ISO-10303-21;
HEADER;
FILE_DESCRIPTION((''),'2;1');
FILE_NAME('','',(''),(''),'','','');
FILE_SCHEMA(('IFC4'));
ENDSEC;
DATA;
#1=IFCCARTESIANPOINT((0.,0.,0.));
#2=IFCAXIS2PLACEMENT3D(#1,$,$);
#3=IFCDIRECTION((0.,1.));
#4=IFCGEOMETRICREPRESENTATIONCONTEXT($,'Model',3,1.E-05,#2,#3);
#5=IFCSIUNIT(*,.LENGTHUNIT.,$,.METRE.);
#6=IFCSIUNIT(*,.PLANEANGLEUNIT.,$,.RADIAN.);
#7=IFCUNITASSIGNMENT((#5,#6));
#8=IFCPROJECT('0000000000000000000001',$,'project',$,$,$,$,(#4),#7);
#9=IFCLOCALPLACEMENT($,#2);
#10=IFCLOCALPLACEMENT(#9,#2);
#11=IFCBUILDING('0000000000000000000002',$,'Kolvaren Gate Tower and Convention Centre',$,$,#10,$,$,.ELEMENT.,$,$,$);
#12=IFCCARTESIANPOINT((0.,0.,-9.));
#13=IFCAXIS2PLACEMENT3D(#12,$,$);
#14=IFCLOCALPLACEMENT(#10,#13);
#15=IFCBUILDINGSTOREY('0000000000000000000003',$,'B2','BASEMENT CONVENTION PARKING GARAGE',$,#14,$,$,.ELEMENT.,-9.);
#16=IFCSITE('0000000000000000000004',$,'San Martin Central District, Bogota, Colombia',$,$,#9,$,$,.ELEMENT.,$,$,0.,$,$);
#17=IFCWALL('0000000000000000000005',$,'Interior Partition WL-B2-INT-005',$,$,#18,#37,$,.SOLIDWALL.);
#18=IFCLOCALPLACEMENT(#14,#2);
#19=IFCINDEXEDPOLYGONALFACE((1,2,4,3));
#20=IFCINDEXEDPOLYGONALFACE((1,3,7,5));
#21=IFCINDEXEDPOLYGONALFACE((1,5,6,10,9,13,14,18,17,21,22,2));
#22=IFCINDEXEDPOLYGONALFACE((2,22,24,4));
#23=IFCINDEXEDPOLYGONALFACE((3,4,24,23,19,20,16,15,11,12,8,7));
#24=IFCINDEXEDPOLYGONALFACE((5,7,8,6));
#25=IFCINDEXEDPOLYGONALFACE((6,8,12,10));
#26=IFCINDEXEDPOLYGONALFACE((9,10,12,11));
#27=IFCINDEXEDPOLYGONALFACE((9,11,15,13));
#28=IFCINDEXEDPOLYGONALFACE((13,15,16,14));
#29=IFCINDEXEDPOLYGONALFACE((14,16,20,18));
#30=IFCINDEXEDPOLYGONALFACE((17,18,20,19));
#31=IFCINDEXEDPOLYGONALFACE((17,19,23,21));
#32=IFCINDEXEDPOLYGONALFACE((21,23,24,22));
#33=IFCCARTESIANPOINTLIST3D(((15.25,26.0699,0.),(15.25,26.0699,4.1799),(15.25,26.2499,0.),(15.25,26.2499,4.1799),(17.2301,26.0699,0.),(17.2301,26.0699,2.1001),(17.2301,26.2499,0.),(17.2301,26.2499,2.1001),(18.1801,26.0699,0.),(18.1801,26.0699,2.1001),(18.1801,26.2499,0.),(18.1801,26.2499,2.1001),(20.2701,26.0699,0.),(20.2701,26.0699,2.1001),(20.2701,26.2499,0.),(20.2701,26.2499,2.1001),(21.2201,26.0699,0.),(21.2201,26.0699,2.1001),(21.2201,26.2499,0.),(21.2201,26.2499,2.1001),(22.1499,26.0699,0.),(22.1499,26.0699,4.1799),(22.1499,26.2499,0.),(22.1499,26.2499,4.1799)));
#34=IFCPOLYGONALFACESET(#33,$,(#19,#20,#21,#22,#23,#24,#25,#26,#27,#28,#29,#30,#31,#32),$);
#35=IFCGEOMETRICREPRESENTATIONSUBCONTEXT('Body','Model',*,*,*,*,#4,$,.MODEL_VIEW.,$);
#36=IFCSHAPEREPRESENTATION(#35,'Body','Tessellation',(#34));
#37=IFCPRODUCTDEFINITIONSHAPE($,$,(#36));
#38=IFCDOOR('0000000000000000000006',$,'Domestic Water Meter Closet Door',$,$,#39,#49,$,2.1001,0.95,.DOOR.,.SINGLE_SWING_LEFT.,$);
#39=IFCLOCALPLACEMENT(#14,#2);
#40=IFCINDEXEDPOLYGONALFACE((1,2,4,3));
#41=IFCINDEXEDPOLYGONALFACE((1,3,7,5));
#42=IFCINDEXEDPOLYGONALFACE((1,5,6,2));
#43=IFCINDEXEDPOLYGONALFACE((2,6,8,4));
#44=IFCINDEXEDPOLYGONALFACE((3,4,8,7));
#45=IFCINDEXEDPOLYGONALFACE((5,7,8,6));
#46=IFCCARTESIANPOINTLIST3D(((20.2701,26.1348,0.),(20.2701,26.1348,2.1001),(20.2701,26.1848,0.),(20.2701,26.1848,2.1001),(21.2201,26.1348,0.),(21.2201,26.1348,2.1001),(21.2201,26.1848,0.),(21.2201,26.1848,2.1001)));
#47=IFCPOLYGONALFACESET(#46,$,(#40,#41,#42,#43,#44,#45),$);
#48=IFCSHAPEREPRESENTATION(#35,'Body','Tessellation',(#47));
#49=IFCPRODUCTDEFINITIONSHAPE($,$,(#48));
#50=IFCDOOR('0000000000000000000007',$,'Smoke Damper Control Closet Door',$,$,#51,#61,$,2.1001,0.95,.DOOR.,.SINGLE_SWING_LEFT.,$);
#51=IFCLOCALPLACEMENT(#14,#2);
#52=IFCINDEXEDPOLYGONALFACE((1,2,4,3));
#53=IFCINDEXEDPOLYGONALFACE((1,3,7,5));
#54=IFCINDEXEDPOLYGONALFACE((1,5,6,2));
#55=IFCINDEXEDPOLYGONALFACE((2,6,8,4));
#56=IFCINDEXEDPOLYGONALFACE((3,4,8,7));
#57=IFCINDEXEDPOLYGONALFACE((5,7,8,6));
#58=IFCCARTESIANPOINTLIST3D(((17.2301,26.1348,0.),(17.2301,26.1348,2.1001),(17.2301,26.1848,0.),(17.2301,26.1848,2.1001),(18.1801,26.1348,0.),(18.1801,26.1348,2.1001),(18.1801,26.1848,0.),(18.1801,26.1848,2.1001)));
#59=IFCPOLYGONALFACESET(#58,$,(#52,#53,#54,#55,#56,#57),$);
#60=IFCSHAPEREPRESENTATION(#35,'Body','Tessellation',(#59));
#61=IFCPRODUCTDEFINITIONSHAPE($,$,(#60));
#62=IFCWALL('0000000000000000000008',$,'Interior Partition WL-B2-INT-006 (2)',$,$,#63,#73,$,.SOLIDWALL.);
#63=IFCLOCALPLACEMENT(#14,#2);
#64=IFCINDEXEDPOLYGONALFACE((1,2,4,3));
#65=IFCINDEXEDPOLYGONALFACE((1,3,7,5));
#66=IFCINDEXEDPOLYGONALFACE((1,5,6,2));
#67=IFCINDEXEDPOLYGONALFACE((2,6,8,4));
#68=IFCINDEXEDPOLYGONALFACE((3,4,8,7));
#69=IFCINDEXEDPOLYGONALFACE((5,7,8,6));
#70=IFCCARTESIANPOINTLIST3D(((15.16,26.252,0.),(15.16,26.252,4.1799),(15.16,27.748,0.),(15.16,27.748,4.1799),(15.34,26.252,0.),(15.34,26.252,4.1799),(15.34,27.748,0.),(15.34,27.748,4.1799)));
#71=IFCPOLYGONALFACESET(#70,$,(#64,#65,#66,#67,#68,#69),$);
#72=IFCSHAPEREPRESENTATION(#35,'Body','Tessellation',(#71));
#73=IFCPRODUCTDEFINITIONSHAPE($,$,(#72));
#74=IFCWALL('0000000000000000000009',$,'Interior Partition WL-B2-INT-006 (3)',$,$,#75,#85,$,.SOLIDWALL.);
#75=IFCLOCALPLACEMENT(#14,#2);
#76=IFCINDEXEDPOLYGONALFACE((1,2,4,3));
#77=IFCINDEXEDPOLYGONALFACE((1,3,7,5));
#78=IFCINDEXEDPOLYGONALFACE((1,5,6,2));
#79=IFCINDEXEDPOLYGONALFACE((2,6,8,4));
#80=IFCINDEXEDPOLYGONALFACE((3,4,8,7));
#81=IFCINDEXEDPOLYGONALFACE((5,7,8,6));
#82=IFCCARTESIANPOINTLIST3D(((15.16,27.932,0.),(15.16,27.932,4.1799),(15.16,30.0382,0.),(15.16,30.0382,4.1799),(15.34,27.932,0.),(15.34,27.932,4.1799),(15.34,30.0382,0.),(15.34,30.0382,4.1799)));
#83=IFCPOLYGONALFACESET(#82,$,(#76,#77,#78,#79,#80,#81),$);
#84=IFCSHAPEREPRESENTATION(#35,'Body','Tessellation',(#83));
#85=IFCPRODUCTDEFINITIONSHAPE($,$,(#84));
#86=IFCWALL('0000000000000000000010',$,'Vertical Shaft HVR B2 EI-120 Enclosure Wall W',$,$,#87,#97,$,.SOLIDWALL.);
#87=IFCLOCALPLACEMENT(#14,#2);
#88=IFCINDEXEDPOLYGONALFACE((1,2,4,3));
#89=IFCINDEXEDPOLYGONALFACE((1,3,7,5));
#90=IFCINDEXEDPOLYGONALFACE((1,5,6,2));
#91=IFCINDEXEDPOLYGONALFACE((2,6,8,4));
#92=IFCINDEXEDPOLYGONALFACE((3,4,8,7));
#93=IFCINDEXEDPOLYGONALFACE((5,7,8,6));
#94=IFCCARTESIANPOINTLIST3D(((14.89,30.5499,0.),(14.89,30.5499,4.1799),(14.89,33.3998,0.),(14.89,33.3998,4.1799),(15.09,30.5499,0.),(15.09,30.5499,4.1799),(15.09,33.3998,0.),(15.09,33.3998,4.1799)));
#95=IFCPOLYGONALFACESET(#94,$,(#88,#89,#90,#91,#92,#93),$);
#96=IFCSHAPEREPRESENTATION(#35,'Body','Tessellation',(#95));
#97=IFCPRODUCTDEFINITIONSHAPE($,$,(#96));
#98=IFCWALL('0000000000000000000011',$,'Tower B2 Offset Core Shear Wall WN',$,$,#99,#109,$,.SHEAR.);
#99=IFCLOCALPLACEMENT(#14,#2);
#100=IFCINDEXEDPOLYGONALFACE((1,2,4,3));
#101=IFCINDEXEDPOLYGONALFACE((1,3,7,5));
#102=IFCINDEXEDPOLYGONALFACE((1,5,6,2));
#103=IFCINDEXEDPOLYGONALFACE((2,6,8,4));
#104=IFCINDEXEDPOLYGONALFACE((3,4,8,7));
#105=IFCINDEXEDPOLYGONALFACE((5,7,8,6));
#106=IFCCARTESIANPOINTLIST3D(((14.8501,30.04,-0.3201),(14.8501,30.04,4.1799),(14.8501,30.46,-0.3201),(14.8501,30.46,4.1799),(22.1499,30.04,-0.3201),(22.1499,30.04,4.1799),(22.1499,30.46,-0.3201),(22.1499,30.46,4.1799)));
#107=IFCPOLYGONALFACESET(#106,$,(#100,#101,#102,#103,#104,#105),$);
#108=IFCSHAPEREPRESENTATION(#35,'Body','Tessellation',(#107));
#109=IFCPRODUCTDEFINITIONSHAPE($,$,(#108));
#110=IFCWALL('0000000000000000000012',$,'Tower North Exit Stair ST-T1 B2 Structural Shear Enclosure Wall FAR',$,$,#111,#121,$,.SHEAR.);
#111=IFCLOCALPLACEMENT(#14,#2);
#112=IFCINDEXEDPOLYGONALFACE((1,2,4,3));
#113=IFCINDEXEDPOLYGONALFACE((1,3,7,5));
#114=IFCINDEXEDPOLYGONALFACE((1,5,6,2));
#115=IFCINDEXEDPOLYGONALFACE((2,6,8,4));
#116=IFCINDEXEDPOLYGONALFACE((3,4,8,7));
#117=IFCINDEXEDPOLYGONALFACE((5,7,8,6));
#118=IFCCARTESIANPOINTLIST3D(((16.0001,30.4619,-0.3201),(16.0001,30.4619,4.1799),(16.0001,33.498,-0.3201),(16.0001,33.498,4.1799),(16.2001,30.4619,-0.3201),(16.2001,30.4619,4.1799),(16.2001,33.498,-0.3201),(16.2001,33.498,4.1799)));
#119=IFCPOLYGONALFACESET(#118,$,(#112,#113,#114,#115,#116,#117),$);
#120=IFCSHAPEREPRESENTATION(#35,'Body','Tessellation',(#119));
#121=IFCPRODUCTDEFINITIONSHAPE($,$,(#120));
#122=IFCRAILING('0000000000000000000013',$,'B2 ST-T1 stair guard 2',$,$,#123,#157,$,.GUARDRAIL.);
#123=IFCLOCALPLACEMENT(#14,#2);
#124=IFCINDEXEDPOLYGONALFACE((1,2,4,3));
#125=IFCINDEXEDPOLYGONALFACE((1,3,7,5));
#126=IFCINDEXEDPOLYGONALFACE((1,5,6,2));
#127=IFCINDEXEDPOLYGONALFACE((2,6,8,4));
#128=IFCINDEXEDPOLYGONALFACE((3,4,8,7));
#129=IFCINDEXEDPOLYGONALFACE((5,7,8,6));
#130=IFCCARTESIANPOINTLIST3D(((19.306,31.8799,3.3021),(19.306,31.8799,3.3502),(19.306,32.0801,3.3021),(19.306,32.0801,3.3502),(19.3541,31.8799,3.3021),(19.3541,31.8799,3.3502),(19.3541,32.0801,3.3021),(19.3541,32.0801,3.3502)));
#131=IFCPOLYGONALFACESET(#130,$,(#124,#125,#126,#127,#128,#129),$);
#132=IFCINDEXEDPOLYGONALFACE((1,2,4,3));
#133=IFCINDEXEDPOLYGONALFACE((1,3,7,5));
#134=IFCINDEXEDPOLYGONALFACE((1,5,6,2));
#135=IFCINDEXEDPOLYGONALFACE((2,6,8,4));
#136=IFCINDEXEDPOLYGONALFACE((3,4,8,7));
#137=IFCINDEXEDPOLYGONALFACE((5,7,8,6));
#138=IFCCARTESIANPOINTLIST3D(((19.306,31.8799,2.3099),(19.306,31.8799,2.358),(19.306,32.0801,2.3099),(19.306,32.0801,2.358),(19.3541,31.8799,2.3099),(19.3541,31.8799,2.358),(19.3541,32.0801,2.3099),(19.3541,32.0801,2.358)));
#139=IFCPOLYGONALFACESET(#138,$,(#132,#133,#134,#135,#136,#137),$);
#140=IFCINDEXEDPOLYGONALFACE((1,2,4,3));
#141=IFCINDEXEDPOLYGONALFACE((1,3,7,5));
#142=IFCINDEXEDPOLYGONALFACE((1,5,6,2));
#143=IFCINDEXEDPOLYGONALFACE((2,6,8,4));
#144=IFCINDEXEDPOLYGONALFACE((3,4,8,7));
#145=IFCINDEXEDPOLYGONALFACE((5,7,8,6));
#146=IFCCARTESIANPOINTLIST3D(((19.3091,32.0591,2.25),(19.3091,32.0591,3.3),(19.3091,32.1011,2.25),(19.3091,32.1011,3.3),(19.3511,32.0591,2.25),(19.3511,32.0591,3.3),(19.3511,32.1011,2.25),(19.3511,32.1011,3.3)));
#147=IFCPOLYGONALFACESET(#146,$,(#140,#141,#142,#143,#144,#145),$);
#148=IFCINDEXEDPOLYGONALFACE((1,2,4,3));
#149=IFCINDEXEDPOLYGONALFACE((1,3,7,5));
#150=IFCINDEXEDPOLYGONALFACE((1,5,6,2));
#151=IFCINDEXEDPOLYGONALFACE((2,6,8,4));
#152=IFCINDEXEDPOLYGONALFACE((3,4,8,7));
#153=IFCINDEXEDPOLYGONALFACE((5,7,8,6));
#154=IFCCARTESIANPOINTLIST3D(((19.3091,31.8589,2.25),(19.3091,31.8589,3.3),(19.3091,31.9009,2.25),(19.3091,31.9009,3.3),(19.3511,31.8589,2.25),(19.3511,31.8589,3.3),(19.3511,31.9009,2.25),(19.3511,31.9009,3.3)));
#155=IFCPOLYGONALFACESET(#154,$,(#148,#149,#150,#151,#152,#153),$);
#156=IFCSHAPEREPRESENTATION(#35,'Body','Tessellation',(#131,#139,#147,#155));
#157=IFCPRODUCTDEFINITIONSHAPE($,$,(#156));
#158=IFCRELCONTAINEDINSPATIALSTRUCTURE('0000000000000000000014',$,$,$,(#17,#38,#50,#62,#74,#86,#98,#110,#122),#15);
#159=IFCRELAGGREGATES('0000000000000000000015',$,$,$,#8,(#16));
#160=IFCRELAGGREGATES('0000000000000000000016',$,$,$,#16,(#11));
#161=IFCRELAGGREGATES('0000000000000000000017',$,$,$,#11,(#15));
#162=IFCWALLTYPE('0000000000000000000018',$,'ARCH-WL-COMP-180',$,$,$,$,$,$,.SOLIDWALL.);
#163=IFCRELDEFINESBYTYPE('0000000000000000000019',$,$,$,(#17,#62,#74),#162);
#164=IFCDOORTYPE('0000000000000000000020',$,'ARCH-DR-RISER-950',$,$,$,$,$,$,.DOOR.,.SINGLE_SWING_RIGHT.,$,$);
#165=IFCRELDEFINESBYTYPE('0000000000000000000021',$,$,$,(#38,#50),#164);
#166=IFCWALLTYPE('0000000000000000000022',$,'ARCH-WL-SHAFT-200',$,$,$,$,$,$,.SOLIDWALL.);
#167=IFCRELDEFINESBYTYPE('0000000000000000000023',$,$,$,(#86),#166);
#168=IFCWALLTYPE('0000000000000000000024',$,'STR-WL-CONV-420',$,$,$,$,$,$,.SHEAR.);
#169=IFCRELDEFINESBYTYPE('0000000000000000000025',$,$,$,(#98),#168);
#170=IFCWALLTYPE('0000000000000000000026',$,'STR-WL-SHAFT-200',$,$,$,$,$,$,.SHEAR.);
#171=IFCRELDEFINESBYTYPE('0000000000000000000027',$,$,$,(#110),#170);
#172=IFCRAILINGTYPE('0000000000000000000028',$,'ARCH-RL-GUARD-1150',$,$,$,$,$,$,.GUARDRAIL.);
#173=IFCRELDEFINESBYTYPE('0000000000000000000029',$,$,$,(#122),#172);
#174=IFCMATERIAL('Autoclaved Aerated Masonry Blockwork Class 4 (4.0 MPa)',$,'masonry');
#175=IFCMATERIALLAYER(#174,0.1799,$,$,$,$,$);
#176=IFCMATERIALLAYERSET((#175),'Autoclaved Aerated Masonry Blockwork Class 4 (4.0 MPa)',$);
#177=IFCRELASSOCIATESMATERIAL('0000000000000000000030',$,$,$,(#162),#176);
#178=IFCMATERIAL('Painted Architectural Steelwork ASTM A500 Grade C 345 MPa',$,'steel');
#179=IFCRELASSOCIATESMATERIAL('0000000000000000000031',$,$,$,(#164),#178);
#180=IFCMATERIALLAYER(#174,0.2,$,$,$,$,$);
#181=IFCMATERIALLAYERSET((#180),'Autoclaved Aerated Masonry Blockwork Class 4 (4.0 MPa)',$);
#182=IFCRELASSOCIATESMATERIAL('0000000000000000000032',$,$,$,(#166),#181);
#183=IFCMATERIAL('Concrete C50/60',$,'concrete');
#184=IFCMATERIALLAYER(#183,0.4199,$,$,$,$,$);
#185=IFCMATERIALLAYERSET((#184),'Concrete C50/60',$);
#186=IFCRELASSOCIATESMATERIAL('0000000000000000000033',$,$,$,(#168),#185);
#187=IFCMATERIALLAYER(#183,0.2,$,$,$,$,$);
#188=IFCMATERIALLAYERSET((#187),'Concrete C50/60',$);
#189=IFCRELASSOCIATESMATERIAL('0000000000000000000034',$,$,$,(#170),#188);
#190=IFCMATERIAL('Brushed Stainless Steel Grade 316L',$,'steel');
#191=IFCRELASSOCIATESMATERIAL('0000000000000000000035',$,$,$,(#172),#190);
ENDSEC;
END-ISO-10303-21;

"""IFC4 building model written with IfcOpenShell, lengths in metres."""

from ifc_helpers import new_model, si_unit, direction, frame, frame_2d, origin, origin_2d, place, context, subcontext, project, spatial, rectangle, extrude, material, layer, layer_set, type_object, element, fill, save


model = new_model("IFC4")

# Units and contexts
model_context = context("Model", 3, precision=1e-05, world=origin(), true_north=direction((0.0, 1.0)))
body_context = subcontext(model_context, "Body", "Model", "MODEL_VIEW")
ifc_project = project(units=[si_unit("LENGTHUNIT", "METRE"), si_unit("PLANEANGLEUNIT", "RADIAN")], contexts=[model_context])

# Site, building, storey
site_placement = place(None, origin())
site = spatial("IfcSite", under=ifc_project, at=site_placement, Name="San Martin Central District, Bogota, Colombia", CompositionType="ELEMENT", RefElevation=0.0)
building_placement = place(site_placement, origin())
building = spatial("IfcBuilding", under=site, at=building_placement, Name="Kolvaren Gate Tower and Convention Centre", CompositionType="ELEMENT")
storey_placement = place(building_placement, frame((0.0, 0.0, -9.0)))
storey = spatial("IfcBuildingStorey", under=building, at=storey_placement, Name="B2", Description="BASEMENT CONVENTION PARKING GARAGE", CompositionType="ELEMENT", Elevation=-9.0)

# Wall, openings, doors
ifc_material_1 = material(Name="Autoclaved Aerated Masonry Blockwork Class 4 (4.0 MPa)", Category="masonry")
ifc_layer_1 = layer(ifc_material_1, 0.1799)
ifc_layer_set_1 = layer_set([ifc_layer_1], Name="Autoclaved Aerated Masonry Blockwork Class 4 (4.0 MPa)")
wall_type_1 = type_object("IfcWallType", Name="ARCH-WL-COMP-180", PredefinedType="SOLIDWALL", material=ifc_layer_set_1)
ifc_material_2 = material(Name="Painted Architectural Steelwork ASTM A500 Grade C 345 MPa", Category="steel")
door_type = type_object("IfcDoorType", Name="ARCH-DR-RISER-950", OperationType="SINGLE_SWING_RIGHT", PredefinedType="DOOR", material=ifc_material_2)
wall_1_placement = place(storey_placement, frame((15.25, 26.1599, 0.0), z_axis=(0.0, 0.0, 1.0), x_axis=(1.0, 0.0, 0.0)))
wall_1 = element("IfcWall", 1, at=wall_1_placement, inside=storey, type_object=wall_type_1, Name="Interior Partition WL-B2-INT-005", PredefinedType="SOLIDWALL", context=body_context, shape_type="SweptSolid", body=[
    extrude(rectangle(XDim=6.8999, YDim=0.1799, at=frame_2d((3.45, 0.0))), origin(), (0.0, 0.0, 1.0), 4.1799),
])
opening_1_placement = place(wall_1_placement, frame((5.02, 0.0, 0.0)))
opening_1 = element("IfcOpeningElement", 2, at=opening_1_placement, cuts=wall_1, PredefinedType="OPENING", context=body_context, shape_type="SweptSolid", body=[
    extrude(rectangle(XDim=0.95, YDim=2.1001, at=frame_2d((0.4751, 1.05))), frame((0.0, 0.0999, 0.0), z_axis=(0.0, -1.0, 0.0), x_axis=(1.0, 0.0, 0.0)), (0.0, 0.0, 1.0), 0.2),
])
opening_2_placement = place(wall_1_placement, frame((1.98, 0.0, 0.0)))
opening_2 = element("IfcOpeningElement", 3, at=opening_2_placement, cuts=wall_1, PredefinedType="OPENING", context=body_context, shape_type="SweptSolid", body=[
    extrude(rectangle(XDim=0.95, YDim=2.1001, at=frame_2d((0.4751, 1.05))), frame((0.0, 0.0999, 0.0), z_axis=(0.0, -1.0, 0.0), x_axis=(1.0, 0.0, 0.0)), (0.0, 0.0, 1.0), 0.2),
])
door_1_placement = place(opening_1_placement, origin())
door_1 = element("IfcDoor", 4, at=door_1_placement, inside=storey, type_object=door_type, Name="Domestic Water Meter Closet Door", OperationType="SINGLE_SWING_LEFT", OverallHeight=2.1001, OverallWidth=0.95, PredefinedType="DOOR", context=body_context, shape_type="SweptSolid", body=[
    extrude(rectangle(XDim=0.95, YDim=2.1001, at=frame_2d((0.4751, 1.05))), frame((0.0, 0.0249, 0.0), z_axis=(0.0, -1.0, 0.0), x_axis=(1.0, 0.0, 0.0)), (0.0, 0.0, 1.0), 0.05),
])
fill(opening_1, door_1)
door_2_placement = place(opening_2_placement, origin())
door_2 = element("IfcDoor", 5, at=door_2_placement, inside=storey, type_object=door_type, Name="Smoke Damper Control Closet Door", OperationType="SINGLE_SWING_LEFT", OverallHeight=2.1001, OverallWidth=0.95, PredefinedType="DOOR", context=body_context, shape_type="SweptSolid", body=[
    extrude(rectangle(XDim=0.95, YDim=2.1001, at=frame_2d((0.4751, 1.05))), frame((0.0, 0.0249, 0.0), z_axis=(0.0, -1.0, 0.0), x_axis=(1.0, 0.0, 0.0)), (0.0, 0.0, 1.0), 0.05),
])
fill(opening_2, door_2)

# Walls
wall_2_placement = place(storey_placement, frame((15.25, 26.252, 0.0), z_axis=(0.0, 0.0, 1.0), x_axis=(0.0, 1.0, 0.0)))
element("IfcWall", 6, at=wall_2_placement, inside=storey, type_object=wall_type_1, Name="Interior Partition WL-B2-INT-006 (2)", PredefinedType="SOLIDWALL", context=body_context, shape_type="SweptSolid", body=[
    extrude(rectangle(XDim=1.4961, YDim=0.1799, at=frame_2d((0.748, 0.0))), origin(), (0.0, 0.0, 1.0), 4.1799),
])
wall_3_placement = place(storey_placement, frame((15.25, 27.9319, 0.0), z_axis=(0.0, 0.0, 1.0), x_axis=(0.0, 1.0, 0.0)))
element("IfcWall", 7, at=wall_3_placement, inside=storey, type_object=wall_type_1, Name="Interior Partition WL-B2-INT-006 (3)", PredefinedType="SOLIDWALL", context=body_context, shape_type="SweptSolid", body=[
    extrude(rectangle(XDim=2.1062, YDim=0.1799, at=frame_2d((1.0532, 0.0))), origin(), (0.0, 0.0, 1.0), 4.1799),
])
ifc_layer_2 = layer(ifc_material_1, 0.2)
ifc_layer_set_2 = layer_set([ifc_layer_2], Name="Autoclaved Aerated Masonry Blockwork Class 4 (4.0 MPa)")
wall_type_2 = type_object("IfcWallType", Name="ARCH-WL-SHAFT-200", PredefinedType="SOLIDWALL", material=ifc_layer_set_2)
wall_4_placement = place(storey_placement, frame((14.99, 30.55, 0.0), z_axis=(0.0, 0.0, 1.0), x_axis=(0.0, 1.0, 0.0)))
element("IfcWall", 8, at=wall_4_placement, inside=storey, type_object=wall_type_2, Name="Vertical Shaft HVR B2 EI-120 Enclosure Wall W", PredefinedType="SOLIDWALL", context=body_context, shape_type="SweptSolid", body=[
    extrude(rectangle(XDim=2.8499, YDim=0.2, at=frame_2d((1.4248, 0.0))), origin(), (0.0, 0.0, 1.0), 4.1799),
])
ifc_material_3 = material(Name="Concrete C50/60", Category="concrete")
ifc_layer_3 = layer(ifc_material_3, 0.4199)
ifc_layer_set_3 = layer_set([ifc_layer_3], Name="Concrete C50/60")
wall_type_3 = type_object("IfcWallType", Name="STR-WL-CONV-420", PredefinedType="SHEAR", material=ifc_layer_set_3)
wall_5_placement = place(storey_placement, frame((14.8501, 30.25, -0.3201), z_axis=(0.0, 0.0, 1.0), x_axis=(1.0, 0.0, 0.0)))
element("IfcWall", 9, at=wall_5_placement, inside=storey, type_object=wall_type_3, Name="Tower B2 Offset Core Shear Wall WN", PredefinedType="SHEAR", context=body_context, shape_type="SweptSolid", body=[
    extrude(rectangle(XDim=7.2998, YDim=0.4199, at=frame_2d((3.6499, 0.0))), origin(), (0.0, 0.0, 1.0), 4.5),
])
ifc_layer_4 = layer(ifc_material_3, 0.2)
ifc_layer_set_4 = layer_set([ifc_layer_4], Name="Concrete C50/60")
wall_type_4 = type_object("IfcWallType", Name="STR-WL-SHAFT-200", PredefinedType="SHEAR", material=ifc_layer_set_4)
wall_6_placement = place(storey_placement, frame((16.1001, 30.4619, -0.3201), z_axis=(0.0, 0.0, 1.0), x_axis=(0.0, 1.0, 0.0)))
element("IfcWall", 10, at=wall_6_placement, inside=storey, type_object=wall_type_4, Name="Tower North Exit Stair ST-T1 B2 Structural Shear Enclosure Wall FAR", PredefinedType="SHEAR", context=body_context, shape_type="SweptSolid", body=[
    extrude(rectangle(XDim=3.0361, YDim=0.2, at=frame_2d((1.5181, 0.0))), origin(), (0.0, 0.0, 1.0), 4.5),
])

# Railing
ifc_material_4 = material(Name="Brushed Stainless Steel Grade 316L", Category="steel")
railing_type_1 = type_object("IfcRailingType", Name="ARCH-RL-GUARD-1150", PredefinedType="GUARDRAIL", material=ifc_material_4)
railing_1_placement = place(storey_placement, frame((19.3301, 32.0801, 2.25)))
element("IfcRailing", 11, at=railing_1_placement, inside=storey, type_object=railing_type_1, Name="B2 ST-T1 stair guard 2", PredefinedType="GUARDRAIL", context=body_context, shape_type="SweptSolid", body=[
    extrude(rectangle(XDim=0.0481, YDim=0.0481, at=origin_2d()), frame((0.0, 0.0, 1.0762), z_axis=(0.0, -1.0, 0.0), x_axis=(1.0, 0.0, 0.0)), (0.0, 0.0, 1.0), 0.2002),
    extrude(rectangle(XDim=0.0481, YDim=0.0481, at=origin_2d()), frame((0.0, 0.0, 0.084), z_axis=(0.0, -1.0, 0.0), x_axis=(1.0, 0.0, 0.0)), (0.0, 0.0, 1.0), 0.2002),
    extrude(rectangle(XDim=0.042, YDim=0.042, at=origin_2d()), origin(), (0.0, 0.0, 1.0), 1.05),
    extrude(rectangle(XDim=0.042, YDim=0.042, at=origin_2d()), frame((0.0, -0.2002, 0.0)), (0.0, 0.0, 1.0), 1.05),
])

save(model, "model.ifc")
